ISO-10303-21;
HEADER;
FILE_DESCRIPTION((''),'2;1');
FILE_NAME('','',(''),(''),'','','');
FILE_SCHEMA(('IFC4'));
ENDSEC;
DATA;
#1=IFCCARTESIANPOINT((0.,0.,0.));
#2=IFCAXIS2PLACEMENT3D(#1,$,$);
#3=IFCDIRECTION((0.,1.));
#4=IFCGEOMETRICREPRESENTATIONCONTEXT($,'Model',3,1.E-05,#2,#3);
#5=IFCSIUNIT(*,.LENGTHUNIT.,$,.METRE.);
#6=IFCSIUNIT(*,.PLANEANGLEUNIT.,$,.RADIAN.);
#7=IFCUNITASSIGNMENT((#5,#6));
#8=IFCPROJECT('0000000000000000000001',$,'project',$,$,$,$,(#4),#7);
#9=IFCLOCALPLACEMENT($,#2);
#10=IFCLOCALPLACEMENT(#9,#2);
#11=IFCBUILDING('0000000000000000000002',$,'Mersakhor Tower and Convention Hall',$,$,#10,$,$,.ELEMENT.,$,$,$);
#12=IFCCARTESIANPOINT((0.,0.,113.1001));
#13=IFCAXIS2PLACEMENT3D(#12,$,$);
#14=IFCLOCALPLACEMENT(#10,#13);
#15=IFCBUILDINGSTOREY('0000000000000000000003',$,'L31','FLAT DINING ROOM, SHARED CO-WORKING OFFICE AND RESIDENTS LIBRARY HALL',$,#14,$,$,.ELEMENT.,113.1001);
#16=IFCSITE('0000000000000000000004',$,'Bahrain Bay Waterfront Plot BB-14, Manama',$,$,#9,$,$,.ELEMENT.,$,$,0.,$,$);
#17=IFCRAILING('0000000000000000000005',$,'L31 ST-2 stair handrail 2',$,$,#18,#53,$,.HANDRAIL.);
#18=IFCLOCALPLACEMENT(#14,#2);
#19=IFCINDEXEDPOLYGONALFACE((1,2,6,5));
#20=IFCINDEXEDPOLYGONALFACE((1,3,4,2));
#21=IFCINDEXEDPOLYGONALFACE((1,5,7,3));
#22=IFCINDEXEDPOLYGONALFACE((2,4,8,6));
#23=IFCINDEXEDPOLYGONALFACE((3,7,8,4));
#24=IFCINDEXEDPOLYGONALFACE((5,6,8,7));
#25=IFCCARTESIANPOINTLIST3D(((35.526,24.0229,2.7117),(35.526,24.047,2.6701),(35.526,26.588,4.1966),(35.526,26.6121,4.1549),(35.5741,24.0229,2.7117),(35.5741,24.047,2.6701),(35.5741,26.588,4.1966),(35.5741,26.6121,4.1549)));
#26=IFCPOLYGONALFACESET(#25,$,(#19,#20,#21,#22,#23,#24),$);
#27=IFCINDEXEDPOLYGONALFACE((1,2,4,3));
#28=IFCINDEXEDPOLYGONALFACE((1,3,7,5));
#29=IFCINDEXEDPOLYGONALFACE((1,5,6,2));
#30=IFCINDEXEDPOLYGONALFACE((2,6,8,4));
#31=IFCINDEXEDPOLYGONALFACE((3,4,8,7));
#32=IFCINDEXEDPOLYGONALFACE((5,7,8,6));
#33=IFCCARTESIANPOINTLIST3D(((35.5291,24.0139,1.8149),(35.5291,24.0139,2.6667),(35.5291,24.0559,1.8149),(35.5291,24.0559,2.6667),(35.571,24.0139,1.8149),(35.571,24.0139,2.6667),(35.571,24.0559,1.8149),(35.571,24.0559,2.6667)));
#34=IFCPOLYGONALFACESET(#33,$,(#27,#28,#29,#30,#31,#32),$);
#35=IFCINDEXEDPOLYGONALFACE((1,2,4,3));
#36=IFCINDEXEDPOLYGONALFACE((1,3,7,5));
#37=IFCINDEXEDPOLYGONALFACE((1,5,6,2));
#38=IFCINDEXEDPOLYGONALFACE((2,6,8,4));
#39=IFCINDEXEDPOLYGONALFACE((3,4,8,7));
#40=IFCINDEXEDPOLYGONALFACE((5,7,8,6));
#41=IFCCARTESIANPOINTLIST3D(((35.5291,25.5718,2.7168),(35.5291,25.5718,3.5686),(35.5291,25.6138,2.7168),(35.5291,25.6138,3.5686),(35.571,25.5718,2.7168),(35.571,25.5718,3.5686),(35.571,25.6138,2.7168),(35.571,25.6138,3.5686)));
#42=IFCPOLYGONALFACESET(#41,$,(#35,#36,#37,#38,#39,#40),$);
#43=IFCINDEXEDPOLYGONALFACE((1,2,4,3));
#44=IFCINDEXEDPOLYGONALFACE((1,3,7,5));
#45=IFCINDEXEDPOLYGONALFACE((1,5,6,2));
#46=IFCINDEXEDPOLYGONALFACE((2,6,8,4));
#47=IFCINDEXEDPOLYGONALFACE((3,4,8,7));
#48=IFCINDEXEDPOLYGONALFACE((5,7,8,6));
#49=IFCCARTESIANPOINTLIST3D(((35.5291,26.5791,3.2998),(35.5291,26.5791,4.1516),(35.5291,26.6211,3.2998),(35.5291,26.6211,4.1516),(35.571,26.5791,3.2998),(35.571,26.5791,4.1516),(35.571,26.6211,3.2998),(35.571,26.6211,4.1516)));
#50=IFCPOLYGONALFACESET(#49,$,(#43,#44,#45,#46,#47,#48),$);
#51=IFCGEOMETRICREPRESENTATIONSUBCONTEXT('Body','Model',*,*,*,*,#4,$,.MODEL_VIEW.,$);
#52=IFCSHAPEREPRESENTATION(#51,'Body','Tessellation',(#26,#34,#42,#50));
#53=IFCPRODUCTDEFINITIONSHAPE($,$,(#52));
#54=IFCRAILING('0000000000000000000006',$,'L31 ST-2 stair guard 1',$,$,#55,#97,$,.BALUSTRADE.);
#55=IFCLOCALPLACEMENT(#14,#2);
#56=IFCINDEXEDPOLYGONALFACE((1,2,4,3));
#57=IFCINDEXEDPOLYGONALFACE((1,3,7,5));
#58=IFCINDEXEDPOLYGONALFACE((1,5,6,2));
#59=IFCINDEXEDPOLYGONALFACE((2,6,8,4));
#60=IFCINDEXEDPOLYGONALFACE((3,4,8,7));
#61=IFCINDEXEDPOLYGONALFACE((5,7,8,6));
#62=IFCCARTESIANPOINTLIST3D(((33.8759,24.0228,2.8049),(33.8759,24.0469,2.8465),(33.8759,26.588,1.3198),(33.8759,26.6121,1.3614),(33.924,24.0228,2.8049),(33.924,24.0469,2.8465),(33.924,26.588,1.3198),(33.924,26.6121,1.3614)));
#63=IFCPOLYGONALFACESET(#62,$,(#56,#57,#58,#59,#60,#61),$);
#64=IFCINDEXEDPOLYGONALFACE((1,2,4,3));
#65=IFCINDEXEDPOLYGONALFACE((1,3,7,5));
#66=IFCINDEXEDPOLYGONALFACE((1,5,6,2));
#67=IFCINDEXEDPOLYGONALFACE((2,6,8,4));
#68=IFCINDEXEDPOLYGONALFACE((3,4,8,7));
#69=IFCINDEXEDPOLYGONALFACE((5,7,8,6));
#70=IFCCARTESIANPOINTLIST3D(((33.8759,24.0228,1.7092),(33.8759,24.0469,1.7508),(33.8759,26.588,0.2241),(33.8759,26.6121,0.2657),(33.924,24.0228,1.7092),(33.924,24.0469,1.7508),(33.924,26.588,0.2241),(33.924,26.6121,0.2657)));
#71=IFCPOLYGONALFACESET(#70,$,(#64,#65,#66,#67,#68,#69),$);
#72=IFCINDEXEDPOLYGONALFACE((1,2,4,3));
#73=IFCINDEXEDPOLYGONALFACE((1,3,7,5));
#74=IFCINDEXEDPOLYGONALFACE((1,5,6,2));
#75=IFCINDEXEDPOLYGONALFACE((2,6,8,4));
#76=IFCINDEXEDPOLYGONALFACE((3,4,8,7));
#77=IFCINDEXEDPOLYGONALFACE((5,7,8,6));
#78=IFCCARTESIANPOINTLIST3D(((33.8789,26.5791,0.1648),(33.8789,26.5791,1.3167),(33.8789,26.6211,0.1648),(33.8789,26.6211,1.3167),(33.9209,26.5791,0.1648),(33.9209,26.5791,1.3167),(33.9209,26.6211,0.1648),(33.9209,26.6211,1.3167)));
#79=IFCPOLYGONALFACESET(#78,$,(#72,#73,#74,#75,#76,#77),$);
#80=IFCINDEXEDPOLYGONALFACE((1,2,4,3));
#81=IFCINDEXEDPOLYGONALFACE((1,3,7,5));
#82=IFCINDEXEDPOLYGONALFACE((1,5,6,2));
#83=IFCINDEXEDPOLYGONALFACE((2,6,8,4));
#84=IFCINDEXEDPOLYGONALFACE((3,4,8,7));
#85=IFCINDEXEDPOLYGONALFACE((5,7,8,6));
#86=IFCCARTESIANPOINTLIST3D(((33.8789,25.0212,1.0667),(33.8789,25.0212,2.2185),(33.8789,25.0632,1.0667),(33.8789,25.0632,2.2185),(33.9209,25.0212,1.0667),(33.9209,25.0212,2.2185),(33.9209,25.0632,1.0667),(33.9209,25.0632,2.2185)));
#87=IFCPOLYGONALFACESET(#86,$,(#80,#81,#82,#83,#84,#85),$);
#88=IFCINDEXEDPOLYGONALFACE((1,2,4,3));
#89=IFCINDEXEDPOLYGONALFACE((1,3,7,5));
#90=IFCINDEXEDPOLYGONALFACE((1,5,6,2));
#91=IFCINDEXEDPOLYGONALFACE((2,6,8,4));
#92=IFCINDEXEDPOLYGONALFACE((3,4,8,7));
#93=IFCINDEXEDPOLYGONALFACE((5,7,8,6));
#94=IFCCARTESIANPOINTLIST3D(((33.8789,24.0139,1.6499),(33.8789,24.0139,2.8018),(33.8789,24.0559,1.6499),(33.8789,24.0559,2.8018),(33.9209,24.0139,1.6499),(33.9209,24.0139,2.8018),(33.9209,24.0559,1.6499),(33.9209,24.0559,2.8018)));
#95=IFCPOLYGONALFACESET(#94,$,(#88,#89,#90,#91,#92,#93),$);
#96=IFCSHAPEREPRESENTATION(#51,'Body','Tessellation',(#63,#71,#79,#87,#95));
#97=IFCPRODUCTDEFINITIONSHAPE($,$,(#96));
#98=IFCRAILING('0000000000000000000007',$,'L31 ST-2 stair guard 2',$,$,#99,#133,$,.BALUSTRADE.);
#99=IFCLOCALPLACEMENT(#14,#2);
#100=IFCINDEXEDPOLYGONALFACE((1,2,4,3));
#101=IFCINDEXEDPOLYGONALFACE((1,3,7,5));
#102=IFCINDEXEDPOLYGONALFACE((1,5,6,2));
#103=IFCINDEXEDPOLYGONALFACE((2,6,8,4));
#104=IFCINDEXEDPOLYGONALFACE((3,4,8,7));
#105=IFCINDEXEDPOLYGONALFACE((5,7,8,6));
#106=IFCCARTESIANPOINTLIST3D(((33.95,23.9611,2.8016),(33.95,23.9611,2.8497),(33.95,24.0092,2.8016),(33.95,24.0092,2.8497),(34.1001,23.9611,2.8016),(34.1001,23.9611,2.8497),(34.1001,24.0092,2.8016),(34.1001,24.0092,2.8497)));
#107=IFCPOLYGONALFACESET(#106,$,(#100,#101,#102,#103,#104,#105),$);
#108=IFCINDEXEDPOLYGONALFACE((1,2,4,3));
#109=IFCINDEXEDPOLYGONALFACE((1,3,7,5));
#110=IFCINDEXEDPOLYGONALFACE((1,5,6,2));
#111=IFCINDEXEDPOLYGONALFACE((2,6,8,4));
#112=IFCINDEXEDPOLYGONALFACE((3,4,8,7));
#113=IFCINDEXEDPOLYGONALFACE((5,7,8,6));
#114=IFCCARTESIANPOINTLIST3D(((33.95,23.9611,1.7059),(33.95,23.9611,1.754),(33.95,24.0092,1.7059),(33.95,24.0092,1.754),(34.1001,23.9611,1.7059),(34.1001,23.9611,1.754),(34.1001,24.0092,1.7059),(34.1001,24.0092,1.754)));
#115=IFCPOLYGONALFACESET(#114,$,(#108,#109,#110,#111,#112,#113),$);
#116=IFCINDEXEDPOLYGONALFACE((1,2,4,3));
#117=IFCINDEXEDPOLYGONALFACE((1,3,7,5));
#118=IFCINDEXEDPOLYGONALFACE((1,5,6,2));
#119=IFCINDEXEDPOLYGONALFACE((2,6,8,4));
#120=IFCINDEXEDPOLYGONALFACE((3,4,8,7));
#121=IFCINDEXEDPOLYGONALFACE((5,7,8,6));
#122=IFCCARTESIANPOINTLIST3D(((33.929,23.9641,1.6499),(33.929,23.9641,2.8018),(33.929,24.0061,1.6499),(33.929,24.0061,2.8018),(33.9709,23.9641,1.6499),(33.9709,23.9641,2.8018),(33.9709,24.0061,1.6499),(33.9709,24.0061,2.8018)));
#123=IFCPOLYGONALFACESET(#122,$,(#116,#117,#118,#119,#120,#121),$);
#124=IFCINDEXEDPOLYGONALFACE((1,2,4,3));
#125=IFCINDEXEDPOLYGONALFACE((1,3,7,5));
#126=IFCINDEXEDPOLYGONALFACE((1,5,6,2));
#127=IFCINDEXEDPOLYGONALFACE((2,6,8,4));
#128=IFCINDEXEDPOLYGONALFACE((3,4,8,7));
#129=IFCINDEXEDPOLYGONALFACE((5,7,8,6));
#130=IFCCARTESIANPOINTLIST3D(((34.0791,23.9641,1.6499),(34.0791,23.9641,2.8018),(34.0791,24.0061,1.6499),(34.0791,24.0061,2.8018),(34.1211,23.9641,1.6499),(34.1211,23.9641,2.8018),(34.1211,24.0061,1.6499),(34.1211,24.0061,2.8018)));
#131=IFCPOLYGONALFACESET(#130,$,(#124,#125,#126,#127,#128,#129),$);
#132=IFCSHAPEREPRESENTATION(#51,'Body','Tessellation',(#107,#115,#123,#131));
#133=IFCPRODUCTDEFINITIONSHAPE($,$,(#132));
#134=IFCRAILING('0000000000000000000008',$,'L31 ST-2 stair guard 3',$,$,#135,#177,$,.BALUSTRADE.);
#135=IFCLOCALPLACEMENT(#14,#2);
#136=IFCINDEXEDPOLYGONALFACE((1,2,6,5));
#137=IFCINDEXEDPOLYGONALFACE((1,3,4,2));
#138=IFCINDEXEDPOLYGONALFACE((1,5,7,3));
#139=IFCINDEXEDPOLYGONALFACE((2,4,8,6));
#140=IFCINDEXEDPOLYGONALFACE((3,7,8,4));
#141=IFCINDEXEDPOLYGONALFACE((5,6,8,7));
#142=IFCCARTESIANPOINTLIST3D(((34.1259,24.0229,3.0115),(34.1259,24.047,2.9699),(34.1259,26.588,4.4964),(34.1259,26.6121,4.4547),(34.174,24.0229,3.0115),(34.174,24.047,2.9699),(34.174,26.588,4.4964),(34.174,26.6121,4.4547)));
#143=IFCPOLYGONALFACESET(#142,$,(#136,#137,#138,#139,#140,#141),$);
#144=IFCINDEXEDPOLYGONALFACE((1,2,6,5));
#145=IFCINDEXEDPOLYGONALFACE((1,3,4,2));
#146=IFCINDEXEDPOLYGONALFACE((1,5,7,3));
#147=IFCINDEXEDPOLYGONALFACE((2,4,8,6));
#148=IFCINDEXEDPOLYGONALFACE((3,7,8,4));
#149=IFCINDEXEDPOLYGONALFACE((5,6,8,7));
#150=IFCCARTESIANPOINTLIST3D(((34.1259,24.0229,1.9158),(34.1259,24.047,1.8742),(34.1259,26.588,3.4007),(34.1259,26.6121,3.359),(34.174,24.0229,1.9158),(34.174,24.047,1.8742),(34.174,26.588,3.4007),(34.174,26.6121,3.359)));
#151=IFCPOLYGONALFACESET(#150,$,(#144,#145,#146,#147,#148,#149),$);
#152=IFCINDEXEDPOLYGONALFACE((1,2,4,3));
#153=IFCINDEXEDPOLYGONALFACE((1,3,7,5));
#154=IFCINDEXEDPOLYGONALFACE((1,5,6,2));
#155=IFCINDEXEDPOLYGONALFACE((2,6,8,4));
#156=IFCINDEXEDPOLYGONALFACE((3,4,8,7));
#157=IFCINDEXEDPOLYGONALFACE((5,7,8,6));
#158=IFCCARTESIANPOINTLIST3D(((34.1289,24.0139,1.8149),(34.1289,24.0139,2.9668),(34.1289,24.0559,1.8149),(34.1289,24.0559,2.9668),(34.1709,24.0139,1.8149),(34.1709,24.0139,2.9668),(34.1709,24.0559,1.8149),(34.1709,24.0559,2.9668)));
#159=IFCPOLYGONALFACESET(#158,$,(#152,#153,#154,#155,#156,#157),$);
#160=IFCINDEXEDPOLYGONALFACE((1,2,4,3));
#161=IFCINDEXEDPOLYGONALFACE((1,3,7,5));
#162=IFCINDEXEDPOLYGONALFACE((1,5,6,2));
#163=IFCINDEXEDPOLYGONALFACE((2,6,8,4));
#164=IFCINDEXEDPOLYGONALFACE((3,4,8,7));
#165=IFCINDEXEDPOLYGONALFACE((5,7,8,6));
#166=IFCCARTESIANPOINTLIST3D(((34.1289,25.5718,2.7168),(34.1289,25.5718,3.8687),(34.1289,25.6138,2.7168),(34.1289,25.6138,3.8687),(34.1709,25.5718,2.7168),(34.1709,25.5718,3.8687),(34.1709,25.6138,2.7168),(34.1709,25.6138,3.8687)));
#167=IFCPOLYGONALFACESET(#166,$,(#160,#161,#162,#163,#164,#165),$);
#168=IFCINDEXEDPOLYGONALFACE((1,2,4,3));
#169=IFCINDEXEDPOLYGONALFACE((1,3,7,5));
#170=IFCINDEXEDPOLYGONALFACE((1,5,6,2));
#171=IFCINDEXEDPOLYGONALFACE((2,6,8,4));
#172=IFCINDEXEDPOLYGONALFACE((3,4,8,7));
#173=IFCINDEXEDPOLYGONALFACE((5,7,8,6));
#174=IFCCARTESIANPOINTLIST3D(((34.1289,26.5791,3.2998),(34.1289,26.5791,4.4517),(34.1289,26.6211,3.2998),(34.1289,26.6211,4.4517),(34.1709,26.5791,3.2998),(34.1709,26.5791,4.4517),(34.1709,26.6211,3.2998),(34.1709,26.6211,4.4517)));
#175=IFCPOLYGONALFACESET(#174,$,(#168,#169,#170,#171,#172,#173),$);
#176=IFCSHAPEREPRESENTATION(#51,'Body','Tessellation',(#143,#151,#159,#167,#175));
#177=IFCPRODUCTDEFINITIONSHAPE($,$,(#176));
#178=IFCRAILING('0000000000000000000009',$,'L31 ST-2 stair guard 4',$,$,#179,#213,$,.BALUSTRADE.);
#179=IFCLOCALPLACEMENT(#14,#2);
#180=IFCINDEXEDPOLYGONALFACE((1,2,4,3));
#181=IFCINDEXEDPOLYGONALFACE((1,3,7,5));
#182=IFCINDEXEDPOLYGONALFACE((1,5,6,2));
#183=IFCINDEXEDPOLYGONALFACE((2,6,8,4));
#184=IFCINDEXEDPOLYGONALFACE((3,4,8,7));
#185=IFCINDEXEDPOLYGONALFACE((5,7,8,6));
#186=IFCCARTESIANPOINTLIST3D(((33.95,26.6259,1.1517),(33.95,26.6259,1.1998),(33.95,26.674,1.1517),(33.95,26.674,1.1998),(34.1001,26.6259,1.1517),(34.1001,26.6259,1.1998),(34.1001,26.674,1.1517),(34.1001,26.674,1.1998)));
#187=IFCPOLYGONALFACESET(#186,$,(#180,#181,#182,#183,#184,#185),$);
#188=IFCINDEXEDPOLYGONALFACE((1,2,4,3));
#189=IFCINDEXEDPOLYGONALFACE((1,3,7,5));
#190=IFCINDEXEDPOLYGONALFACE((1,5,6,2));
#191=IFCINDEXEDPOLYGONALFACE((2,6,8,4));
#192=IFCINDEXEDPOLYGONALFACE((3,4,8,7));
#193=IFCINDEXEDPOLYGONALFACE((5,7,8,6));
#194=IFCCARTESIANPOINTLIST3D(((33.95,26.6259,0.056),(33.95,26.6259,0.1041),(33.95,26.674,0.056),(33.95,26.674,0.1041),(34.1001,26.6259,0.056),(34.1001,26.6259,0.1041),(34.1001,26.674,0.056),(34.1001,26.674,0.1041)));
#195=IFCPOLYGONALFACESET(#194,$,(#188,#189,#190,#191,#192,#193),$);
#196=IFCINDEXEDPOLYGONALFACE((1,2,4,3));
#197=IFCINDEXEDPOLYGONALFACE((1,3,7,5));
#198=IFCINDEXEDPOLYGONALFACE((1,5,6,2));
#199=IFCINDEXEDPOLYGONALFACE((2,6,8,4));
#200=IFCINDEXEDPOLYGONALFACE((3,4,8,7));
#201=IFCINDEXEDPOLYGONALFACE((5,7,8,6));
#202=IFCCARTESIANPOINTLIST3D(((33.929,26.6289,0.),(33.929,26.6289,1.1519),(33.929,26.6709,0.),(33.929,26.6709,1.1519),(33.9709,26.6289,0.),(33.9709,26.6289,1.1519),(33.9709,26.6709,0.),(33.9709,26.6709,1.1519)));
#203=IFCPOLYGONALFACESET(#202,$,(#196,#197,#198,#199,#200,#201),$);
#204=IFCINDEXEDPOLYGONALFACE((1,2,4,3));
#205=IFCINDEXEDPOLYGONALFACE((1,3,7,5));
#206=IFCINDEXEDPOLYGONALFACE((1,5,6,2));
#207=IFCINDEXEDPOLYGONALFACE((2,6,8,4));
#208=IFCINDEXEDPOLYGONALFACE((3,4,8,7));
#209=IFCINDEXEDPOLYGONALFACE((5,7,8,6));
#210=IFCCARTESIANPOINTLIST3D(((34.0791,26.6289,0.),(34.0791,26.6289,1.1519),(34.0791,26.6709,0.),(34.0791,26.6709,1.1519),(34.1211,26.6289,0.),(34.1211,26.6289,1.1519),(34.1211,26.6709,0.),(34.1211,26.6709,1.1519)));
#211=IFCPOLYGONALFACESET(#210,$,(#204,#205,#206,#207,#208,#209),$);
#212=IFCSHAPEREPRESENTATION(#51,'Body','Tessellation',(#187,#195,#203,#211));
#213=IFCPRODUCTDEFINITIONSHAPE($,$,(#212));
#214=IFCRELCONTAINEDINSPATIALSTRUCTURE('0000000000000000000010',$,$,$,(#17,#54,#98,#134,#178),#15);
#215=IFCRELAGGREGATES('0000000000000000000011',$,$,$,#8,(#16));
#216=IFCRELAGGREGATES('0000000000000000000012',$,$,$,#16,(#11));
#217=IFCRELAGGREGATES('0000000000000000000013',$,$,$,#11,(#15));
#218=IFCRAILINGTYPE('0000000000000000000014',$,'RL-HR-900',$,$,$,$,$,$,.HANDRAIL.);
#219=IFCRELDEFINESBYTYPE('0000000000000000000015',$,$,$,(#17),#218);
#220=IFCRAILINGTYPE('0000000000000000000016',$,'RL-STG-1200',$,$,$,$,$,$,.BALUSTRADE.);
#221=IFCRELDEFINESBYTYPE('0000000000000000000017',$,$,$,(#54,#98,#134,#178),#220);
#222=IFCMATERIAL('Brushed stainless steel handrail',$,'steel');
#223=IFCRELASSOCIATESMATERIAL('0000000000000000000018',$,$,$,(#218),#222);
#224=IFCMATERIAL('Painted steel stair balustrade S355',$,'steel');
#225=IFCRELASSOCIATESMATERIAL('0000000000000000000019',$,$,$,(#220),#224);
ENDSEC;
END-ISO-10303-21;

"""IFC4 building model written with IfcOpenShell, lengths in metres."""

from ifc_helpers import new_model, si_unit, direction, frame, origin, origin_2d, place, context, subcontext, project, spatial, rectangle, extrude, material, type_object, element, save


model = new_model("IFC4")

# Units and contexts
model_context = context("Model", 3, precision=1e-05, world=origin(), true_north=direction((0.0, 1.0)))
body_context = subcontext(model_context, "Body", "Model", "MODEL_VIEW")
ifc_project = project(units=[si_unit("LENGTHUNIT", "METRE"), si_unit("PLANEANGLEUNIT", "RADIAN")], contexts=[model_context])

# Site, building, storey
site_placement = place(None, origin())
site = spatial("IfcSite", under=ifc_project, at=site_placement, Name="Bahrain Bay Waterfront Plot BB-14, Manama", CompositionType="ELEMENT", RefElevation=0.0)
building_placement = place(site_placement, origin())
building = spatial("IfcBuilding", under=site, at=building_placement, Name="Mersakhor Tower and Convention Hall", CompositionType="ELEMENT")
storey_placement = place(building_placement, frame((0.0, 0.0, 113.1001)))
storey = spatial("IfcBuildingStorey", under=building, at=storey_placement, Name="L31", Description="FLAT DINING ROOM, SHARED CO-WORKING OFFICE AND RESIDENTS LIBRARY HALL", CompositionType="ELEMENT", Elevation=113.1001)

# Railings
ifc_material_1 = material(Name="Brushed stainless steel handrail", Category="steel")
railing_type_1 = type_object("IfcRailingType", Name="RL-HR-900", PredefinedType="HANDRAIL", material=ifc_material_1)
railing_1_placement = place(storey_placement, frame((35.55, 24.0349, 1.8149)))
element("IfcRailing", 1, at=railing_1_placement, inside=storey, type_object=railing_type_1, Name="L31 ST-2 stair handrail 2", PredefinedType="HANDRAIL", context=body_context, shape_type="SweptSolid", body=[
    extrude(rectangle(XDim=0.0481, YDim=0.0481, at=origin_2d()), frame((0.0, 0.0, 0.876), z_axis=(0.0, 0.865462, 0.500975), x_axis=(-1.0, 0.0, 0.0)), (0.0, 0.0, 1.0), 2.9639),
    extrude(rectangle(XDim=0.042, YDim=0.042, at=origin_2d()), origin(), (0.0, 0.0, 1.0), 0.8518),
    extrude(rectangle(XDim=0.042, YDim=0.042, at=origin_2d()), frame((0.0, 1.5579, 0.9019)), (0.0, 0.0, 1.0), 0.8518),
    extrude(rectangle(XDim=0.042, YDim=0.042, at=origin_2d()), frame((0.0, 2.5652, 1.4849)), (0.0, 0.0, 1.0), 0.8518),
])
ifc_material_2 = material(Name="Painted steel stair balustrade S355", Category="steel")
railing_type_2 = type_object("IfcRailingType", Name="RL-STG-1200", PredefinedType="BALUSTRADE", material=ifc_material_2)
railing_2_placement = place(storey_placement, frame((33.8999, 26.6001, 0.1648)))
element("IfcRailing", 2, at=railing_2_placement, inside=storey, type_object=railing_type_2, Name="L31 ST-2 stair guard 1", PredefinedType="BALUSTRADE", context=body_context, shape_type="SweptSolid", body=[
    extrude(rectangle(XDim=0.0481, YDim=0.0481, at=origin_2d()), frame((0.0, 0.0, 1.1758), z_axis=(0.0, -0.865426, 0.501036), x_axis=(1.0, 0.0, 0.0)), (0.0, 0.0, 1.0), 2.9641),
    extrude(rectangle(XDim=0.0481, YDim=0.0481, at=origin_2d()), frame((0.0, 0.0, 0.0801), z_axis=(0.0, -0.865426, 0.501036), x_axis=(1.0, 0.0, 0.0)), (0.0, 0.0, 1.0), 2.9641),
    extrude(rectangle(XDim=0.042, YDim=0.042, at=origin_2d()), origin(), (0.0, 0.0, 1.0), 1.1519),
    extrude(rectangle(XDim=0.042, YDim=0.042, at=origin_2d()), frame((0.0, -1.5579, 0.9019)), (0.0, 0.0, 1.0), 1.1519),
    extrude(rectangle(XDim=0.042, YDim=0.042, at=origin_2d()), frame((0.0, -2.5652, 1.4851)), (0.0, 0.0, 1.0), 1.1519),
])
railing_3_placement = place(storey_placement, frame((33.95, 23.9851, 1.6499)))
element("IfcRailing", 3, at=railing_3_placement, inside=storey, type_object=railing_type_2, Name="L31 ST-2 stair guard 2", PredefinedType="BALUSTRADE", context=body_context, shape_type="SweptSolid", body=[
    extrude(rectangle(XDim=0.0481, YDim=0.0481, at=origin_2d()), frame((0.0, 0.0, 1.1758), z_axis=(1.0, 0.0, 0.0), x_axis=(0.0, 1.0, 0.0)), (0.0, 0.0, 1.0), 0.1501),
    extrude(rectangle(XDim=0.0481, YDim=0.0481, at=origin_2d()), frame((0.0, 0.0, 0.0801), z_axis=(1.0, 0.0, 0.0), x_axis=(0.0, 1.0, 0.0)), (0.0, 0.0, 1.0), 0.1501),
    extrude(rectangle(XDim=0.042, YDim=0.042, at=origin_2d()), origin(), (0.0, 0.0, 1.0), 1.1519),
    extrude(rectangle(XDim=0.042, YDim=0.042, at=origin_2d()), frame((0.1501, 0.0, 0.0)), (0.0, 0.0, 1.0), 1.1519),
])
railing_4_placement = place(storey_placement, frame((34.1499, 24.0349, 1.8149)))
element("IfcRailing", 4, at=railing_4_placement, inside=storey, type_object=railing_type_2, Name="L31 ST-2 stair guard 3", PredefinedType="BALUSTRADE", context=body_context, shape_type="SweptSolid", body=[
    extrude(rectangle(XDim=0.0481, YDim=0.0481, at=origin_2d()), frame((0.0, 0.0, 1.1758), z_axis=(0.0, 0.865462, 0.500975), x_axis=(-1.0, 0.0, 0.0)), (0.0, 0.0, 1.0), 2.9639),
    extrude(rectangle(XDim=0.0481, YDim=0.0481, at=origin_2d()), frame((0.0, 0.0, 0.0801), z_axis=(0.0, 0.865462, 0.500975), x_axis=(-1.0, 0.0, 0.0)), (0.0, 0.0, 1.0), 2.9639),
    extrude(rectangle(XDim=0.042, YDim=0.042, at=origin_2d()), origin(), (0.0, 0.0, 1.0), 1.1519),
    extrude(rectangle(XDim=0.042, YDim=0.042, at=origin_2d()), frame((0.0, 1.5579, 0.9019)), (0.0, 0.0, 1.0), 1.1519),
    extrude(rectangle(XDim=0.042, YDim=0.042, at=origin_2d()), frame((0.0, 2.5652, 1.4849)), (0.0, 0.0, 1.0), 1.1519),
])
railing_5_placement = place(storey_placement, frame((33.95, 26.6499, 0.0)))
element("IfcRailing", 5, at=railing_5_placement, inside=storey, type_object=railing_type_2, Name="L31 ST-2 stair guard 4", PredefinedType="BALUSTRADE", context=body_context, shape_type="SweptSolid", body=[
    extrude(rectangle(XDim=0.0481, YDim=0.0481, at=origin_2d()), frame((0.0, 0.0, 1.1758), z_axis=(1.0, 0.0, 0.0), x_axis=(0.0, 1.0, 0.0)), (0.0, 0.0, 1.0), 0.1501),
    extrude(rectangle(XDim=0.0481, YDim=0.0481, at=origin_2d()), frame((0.0, 0.0, 0.0801), z_axis=(1.0, 0.0, 0.0), x_axis=(0.0, 1.0, 0.0)), (0.0, 0.0, 1.0), 0.1501),
    extrude(rectangle(XDim=0.042, YDim=0.042, at=origin_2d()), origin(), (0.0, 0.0, 1.0), 1.1519),
    extrude(rectangle(XDim=0.042, YDim=0.042, at=origin_2d()), frame((0.1501, 0.0, 0.0)), (0.0, 0.0, 1.0), 1.1519),
])

save(model, "model.ifc")
